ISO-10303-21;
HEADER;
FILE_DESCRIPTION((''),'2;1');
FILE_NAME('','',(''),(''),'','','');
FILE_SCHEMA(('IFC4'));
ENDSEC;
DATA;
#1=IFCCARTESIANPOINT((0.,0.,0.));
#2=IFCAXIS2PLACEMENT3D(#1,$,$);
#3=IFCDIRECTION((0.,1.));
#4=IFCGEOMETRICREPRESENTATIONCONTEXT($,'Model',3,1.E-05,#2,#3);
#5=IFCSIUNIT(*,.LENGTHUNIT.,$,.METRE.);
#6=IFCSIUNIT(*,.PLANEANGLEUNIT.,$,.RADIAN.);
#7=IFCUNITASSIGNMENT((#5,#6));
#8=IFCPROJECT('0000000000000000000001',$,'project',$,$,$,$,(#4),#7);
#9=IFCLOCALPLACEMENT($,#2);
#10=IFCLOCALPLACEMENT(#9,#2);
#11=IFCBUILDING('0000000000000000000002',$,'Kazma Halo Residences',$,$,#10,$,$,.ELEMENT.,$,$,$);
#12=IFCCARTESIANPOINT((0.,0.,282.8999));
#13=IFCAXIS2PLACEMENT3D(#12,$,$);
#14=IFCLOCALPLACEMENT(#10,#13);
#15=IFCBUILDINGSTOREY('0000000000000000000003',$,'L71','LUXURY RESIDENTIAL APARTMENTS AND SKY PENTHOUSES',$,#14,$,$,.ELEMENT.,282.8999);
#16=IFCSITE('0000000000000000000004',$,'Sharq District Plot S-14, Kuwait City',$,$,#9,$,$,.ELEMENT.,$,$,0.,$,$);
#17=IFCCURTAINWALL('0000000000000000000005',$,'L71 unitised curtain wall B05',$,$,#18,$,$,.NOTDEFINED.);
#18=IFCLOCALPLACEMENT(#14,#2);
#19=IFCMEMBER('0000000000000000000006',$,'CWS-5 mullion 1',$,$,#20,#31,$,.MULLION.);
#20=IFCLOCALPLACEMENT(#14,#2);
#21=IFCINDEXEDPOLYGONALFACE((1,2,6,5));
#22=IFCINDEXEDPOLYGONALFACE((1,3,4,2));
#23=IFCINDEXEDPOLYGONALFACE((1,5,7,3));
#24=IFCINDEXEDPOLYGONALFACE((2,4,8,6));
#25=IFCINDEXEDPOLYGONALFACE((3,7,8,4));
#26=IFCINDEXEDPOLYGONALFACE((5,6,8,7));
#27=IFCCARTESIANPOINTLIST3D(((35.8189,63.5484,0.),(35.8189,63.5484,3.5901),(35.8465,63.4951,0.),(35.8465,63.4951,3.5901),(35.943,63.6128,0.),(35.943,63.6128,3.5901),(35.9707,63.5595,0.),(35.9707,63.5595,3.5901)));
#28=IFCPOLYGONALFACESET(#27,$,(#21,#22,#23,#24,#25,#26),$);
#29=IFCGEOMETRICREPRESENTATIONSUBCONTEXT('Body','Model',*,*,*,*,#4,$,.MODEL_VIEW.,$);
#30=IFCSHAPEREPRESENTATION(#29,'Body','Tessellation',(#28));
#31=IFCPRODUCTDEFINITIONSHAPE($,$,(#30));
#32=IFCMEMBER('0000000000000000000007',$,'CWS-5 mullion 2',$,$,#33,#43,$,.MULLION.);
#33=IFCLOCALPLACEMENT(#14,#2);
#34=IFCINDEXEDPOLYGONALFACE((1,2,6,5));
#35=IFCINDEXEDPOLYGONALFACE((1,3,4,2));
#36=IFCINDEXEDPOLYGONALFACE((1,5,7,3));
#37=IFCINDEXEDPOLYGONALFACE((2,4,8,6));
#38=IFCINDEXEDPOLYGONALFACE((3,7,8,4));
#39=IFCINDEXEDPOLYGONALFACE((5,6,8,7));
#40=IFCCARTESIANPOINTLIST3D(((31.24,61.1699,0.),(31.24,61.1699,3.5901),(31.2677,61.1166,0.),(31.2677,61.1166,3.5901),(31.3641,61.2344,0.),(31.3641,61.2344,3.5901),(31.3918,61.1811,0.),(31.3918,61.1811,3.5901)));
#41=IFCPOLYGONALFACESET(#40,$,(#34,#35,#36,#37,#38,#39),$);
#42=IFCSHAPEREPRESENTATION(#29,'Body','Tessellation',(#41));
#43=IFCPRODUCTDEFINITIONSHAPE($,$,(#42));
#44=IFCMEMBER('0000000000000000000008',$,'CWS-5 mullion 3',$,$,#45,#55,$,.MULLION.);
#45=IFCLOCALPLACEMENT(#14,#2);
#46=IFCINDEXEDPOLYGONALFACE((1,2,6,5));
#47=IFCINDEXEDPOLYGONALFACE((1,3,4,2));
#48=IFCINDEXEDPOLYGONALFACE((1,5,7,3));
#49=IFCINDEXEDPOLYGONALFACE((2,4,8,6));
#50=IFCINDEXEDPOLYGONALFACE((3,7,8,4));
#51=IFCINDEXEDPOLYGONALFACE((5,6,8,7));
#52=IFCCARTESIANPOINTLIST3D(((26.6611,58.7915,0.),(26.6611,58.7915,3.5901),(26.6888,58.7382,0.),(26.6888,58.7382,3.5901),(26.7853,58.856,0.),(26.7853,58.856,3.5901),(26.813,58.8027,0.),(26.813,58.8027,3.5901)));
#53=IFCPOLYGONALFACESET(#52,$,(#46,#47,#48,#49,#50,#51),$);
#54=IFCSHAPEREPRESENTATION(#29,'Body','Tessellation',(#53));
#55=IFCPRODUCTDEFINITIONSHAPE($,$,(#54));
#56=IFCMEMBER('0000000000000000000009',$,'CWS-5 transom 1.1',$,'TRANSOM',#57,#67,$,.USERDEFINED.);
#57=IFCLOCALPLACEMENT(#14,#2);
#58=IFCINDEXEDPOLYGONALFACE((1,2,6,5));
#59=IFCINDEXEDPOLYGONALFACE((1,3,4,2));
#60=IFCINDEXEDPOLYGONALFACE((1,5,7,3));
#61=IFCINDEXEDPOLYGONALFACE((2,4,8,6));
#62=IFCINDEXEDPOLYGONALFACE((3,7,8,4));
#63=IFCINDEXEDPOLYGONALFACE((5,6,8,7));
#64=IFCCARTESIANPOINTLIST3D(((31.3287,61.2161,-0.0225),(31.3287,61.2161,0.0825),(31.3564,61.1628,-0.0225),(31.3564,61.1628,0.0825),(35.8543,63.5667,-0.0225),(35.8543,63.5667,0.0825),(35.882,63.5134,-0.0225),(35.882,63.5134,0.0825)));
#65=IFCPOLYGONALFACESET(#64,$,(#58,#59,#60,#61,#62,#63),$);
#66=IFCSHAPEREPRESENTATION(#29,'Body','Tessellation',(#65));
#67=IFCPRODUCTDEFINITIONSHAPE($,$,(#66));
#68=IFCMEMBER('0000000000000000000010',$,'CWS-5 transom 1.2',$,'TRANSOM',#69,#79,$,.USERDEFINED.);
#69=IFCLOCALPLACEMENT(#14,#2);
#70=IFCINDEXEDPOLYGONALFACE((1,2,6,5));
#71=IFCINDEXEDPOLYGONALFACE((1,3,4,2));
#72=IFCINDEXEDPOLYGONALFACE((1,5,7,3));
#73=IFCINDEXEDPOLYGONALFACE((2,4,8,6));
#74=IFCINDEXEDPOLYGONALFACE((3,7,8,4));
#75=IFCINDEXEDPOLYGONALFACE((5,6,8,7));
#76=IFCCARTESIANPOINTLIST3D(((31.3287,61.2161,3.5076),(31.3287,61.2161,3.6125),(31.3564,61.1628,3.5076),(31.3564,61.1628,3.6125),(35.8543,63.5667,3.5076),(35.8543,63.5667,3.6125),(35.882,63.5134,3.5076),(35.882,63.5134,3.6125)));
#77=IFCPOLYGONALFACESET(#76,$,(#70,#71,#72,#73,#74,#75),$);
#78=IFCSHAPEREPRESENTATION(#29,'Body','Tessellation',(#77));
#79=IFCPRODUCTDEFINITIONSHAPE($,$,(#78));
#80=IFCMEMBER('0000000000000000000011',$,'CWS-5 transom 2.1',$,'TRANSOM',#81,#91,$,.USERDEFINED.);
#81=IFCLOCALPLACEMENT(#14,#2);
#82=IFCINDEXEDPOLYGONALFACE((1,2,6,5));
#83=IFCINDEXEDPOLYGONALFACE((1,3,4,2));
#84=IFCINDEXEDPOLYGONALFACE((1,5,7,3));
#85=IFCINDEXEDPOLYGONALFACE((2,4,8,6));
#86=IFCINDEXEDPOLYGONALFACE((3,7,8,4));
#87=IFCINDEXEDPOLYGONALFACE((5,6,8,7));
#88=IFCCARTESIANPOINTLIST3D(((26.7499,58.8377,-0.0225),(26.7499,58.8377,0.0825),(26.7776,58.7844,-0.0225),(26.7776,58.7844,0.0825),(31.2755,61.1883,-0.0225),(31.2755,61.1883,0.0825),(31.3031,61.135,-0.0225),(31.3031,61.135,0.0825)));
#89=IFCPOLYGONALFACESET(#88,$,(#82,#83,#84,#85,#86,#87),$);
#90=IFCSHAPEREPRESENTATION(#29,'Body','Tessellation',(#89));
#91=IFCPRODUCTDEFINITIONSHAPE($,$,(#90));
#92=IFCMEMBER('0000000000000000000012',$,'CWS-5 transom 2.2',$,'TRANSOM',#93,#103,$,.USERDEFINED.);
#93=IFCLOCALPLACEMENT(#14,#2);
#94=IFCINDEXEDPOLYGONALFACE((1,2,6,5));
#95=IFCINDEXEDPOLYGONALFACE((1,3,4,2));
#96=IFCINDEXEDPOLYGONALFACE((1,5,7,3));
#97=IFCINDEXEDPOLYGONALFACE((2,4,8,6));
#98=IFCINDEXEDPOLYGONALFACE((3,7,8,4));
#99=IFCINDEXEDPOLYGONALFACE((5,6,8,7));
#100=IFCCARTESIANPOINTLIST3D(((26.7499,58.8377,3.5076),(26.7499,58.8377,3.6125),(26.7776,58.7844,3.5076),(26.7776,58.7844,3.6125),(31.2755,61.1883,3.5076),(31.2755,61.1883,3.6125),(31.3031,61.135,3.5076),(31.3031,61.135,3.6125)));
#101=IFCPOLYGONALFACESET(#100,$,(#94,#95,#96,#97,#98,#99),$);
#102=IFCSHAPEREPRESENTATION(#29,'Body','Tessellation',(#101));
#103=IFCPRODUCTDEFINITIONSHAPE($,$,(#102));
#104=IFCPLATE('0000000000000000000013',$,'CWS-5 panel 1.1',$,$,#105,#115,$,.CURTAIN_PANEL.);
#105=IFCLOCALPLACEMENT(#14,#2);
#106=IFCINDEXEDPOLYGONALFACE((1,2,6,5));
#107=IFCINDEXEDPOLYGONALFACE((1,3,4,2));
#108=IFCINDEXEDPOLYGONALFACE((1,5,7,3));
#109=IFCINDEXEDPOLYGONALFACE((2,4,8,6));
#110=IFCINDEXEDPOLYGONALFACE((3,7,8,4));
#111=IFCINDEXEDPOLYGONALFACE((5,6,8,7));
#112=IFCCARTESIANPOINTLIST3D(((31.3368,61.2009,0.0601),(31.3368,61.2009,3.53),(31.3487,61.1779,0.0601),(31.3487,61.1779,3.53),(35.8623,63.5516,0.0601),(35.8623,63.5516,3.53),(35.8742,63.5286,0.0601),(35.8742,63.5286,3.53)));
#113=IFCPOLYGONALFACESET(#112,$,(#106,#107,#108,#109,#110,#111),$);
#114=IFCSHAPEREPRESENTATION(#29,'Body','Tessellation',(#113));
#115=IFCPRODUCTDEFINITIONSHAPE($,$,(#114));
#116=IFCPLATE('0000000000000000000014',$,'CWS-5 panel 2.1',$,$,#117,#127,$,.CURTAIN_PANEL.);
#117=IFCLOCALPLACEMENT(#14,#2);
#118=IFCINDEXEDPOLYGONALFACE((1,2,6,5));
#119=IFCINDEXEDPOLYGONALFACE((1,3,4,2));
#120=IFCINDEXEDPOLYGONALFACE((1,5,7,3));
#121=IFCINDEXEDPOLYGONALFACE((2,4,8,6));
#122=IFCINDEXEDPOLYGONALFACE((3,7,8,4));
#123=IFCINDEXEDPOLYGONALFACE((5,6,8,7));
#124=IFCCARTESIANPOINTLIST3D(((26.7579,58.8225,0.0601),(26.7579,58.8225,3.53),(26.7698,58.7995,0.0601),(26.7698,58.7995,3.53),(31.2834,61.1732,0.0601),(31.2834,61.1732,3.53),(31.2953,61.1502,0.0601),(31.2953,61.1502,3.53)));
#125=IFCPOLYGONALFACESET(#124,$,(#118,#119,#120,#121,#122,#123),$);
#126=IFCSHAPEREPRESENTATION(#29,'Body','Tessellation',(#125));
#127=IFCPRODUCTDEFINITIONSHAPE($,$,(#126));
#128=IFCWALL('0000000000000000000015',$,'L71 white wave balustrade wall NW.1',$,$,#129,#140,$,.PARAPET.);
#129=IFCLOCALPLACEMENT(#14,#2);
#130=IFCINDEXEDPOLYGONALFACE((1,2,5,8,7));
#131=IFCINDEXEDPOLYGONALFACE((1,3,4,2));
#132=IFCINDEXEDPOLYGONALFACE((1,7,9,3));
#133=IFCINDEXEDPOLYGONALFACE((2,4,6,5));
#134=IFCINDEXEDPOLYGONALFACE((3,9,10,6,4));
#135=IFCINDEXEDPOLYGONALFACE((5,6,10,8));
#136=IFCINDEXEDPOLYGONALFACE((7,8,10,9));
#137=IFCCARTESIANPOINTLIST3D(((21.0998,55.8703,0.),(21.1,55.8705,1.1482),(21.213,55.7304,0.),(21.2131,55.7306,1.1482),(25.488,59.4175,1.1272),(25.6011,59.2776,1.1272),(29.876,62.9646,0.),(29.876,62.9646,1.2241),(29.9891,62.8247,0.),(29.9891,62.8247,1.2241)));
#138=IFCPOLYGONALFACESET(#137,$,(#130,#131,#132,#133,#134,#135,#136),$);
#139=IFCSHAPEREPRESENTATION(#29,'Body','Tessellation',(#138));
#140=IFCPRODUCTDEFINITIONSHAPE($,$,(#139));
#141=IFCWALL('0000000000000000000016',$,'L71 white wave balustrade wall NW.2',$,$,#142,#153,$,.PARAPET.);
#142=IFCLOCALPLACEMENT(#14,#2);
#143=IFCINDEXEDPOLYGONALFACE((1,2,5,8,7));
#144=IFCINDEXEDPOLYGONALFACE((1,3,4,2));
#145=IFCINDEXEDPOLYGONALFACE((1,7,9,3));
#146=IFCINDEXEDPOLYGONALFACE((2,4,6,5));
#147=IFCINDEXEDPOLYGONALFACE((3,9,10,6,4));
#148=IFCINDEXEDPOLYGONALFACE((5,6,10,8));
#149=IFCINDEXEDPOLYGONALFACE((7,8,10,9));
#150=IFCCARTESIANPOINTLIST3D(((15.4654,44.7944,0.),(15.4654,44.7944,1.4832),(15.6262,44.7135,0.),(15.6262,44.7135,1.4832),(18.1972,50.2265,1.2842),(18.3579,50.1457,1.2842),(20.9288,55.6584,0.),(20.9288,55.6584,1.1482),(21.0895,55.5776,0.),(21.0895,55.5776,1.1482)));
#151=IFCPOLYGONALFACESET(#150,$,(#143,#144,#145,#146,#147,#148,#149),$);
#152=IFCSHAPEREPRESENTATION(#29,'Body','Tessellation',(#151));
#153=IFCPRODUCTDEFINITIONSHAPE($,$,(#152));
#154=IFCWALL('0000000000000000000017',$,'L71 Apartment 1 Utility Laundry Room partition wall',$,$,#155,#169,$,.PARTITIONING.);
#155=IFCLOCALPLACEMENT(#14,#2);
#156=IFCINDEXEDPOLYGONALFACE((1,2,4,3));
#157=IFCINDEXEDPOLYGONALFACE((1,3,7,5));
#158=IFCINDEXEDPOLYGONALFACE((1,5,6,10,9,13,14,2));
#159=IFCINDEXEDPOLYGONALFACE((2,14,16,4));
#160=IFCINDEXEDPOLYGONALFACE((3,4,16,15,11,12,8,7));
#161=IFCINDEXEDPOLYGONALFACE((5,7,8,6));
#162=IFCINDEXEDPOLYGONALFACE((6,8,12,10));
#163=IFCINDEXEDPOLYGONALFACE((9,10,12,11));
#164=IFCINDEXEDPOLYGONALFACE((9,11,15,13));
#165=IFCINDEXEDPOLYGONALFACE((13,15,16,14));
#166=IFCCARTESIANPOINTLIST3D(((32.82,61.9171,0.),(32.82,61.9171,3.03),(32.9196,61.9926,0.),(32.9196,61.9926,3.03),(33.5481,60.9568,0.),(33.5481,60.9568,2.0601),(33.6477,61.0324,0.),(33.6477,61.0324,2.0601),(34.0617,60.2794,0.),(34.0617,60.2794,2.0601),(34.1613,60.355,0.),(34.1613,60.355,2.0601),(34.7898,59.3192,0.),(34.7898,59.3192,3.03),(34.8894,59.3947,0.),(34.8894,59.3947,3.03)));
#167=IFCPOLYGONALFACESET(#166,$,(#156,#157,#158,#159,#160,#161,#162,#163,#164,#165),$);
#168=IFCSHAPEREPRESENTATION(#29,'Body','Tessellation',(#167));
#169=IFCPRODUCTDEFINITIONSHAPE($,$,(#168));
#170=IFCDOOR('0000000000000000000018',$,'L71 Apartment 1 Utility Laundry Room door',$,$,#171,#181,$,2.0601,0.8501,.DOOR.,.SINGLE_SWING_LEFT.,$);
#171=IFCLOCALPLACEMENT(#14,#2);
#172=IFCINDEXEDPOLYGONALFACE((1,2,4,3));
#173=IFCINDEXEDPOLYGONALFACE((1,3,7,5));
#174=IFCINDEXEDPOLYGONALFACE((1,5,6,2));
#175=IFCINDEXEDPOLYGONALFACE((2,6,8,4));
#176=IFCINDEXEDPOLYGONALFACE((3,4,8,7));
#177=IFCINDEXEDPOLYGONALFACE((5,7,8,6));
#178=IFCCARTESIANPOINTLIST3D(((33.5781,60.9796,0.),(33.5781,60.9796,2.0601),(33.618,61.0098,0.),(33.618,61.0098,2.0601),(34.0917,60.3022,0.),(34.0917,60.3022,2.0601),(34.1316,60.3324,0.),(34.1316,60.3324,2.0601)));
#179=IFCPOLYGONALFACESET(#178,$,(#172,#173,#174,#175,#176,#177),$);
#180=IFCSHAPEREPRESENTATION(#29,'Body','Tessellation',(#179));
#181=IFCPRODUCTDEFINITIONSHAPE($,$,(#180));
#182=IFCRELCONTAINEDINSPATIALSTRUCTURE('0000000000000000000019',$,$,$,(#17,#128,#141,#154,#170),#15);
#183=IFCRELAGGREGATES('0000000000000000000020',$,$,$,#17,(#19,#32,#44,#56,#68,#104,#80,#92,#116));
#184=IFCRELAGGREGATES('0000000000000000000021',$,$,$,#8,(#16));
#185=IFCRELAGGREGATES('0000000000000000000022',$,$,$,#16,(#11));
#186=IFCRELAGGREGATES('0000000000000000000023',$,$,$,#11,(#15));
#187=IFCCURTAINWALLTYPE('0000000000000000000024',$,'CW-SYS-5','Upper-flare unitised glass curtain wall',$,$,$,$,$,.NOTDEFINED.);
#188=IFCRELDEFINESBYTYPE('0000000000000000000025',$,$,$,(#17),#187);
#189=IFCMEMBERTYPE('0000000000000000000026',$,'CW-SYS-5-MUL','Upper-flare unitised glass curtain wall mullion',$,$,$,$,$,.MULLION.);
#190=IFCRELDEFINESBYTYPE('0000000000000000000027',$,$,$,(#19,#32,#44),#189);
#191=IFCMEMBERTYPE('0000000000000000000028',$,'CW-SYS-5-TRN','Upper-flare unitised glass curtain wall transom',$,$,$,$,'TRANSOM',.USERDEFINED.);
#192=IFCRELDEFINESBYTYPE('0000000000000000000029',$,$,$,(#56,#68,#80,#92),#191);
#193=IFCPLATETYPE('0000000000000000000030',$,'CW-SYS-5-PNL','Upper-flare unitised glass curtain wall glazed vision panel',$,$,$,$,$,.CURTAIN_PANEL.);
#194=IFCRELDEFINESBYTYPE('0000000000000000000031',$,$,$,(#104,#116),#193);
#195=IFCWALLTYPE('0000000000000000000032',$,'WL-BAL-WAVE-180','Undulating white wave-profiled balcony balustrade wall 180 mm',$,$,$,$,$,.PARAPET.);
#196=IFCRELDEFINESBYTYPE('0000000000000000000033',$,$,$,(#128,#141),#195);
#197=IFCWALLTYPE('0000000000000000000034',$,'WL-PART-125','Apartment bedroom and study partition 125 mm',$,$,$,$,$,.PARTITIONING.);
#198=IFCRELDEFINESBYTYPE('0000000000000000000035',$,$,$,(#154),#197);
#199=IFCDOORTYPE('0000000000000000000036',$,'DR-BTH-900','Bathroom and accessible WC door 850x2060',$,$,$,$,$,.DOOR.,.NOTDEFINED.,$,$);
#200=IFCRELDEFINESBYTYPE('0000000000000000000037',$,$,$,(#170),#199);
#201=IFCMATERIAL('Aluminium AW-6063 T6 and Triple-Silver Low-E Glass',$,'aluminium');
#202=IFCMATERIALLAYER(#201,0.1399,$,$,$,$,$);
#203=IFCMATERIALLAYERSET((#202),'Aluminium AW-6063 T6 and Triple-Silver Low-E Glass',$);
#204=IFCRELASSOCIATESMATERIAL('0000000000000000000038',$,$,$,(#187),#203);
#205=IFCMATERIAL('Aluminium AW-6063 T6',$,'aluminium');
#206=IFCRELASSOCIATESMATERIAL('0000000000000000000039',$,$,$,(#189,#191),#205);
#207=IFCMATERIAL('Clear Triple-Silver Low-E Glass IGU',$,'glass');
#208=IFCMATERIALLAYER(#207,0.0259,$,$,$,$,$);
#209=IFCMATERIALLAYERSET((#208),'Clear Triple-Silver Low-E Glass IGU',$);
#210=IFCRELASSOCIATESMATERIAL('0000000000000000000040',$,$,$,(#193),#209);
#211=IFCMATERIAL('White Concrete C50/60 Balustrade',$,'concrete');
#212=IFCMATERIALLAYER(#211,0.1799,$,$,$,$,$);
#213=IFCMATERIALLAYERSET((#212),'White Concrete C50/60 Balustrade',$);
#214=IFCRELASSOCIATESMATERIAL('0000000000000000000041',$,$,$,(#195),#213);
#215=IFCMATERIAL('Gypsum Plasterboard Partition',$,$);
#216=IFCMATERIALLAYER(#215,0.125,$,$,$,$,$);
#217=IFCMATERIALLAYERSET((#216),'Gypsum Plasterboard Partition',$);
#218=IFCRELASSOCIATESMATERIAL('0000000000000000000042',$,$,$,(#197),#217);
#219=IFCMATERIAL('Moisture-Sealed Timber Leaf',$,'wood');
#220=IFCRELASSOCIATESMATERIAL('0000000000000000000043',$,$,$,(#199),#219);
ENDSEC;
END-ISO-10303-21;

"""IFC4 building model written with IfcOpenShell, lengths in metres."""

from ifc_helpers import new_model, si_unit, direction, frame, frame_2d, origin, origin_2d, place, context, subcontext, project, spatial, polyline, rectangle, outline, extrude, material, layer, layer_set, material_profile, profile_set, type_object, element, fill, aggregate, save


model = new_model("IFC4")

# Units and contexts
model_context = context("Model", 3, precision=1e-05, world=origin(), true_north=direction((0.0, 1.0)))
body_context = subcontext(model_context, "Body", "Model", "MODEL_VIEW")
ifc_project = project(units=[si_unit("LENGTHUNIT", "METRE"), si_unit("PLANEANGLEUNIT", "RADIAN")], contexts=[model_context])

# Site, building, storey
site_placement = place(None, origin())
site = spatial("IfcSite", under=ifc_project, at=site_placement, Name="Sharq District Plot S-14, Kuwait City", CompositionType="ELEMENT", RefElevation=0.0)
building_placement = place(site_placement, origin())
building = spatial("IfcBuilding", under=site, at=building_placement, Name="Kazma Halo Residences", CompositionType="ELEMENT")
storey_placement = place(building_placement, frame((0.0, 0.0, 282.8999)))
storey = spatial("IfcBuildingStorey", under=building, at=storey_placement, Name="L71", Description="LUXURY RESIDENTIAL APARTMENTS AND SKY PENTHOUSES", CompositionType="ELEMENT", Elevation=282.8999)

# Curtain wall, members, plates
ifc_material_1 = material(Name="Aluminium AW-6063 T6 and Triple-Silver Low-E Glass", Category="aluminium")
ifc_layer_1 = layer(ifc_material_1, 0.1399)
ifc_layer_set_1 = layer_set([ifc_layer_1], Name="Aluminium AW-6063 T6 and Triple-Silver Low-E Glass")
curtain_wall_type = type_object("IfcCurtainWallType", Name="CW-SYS-5", Description="Upper-flare unitised glass curtain wall", PredefinedType="NOTDEFINED", material=ifc_layer_set_1)
curtain_wall_placement = place(storey_placement, origin())
curtain_wall = element("IfcCurtainWall", 1, at=curtain_wall_placement, inside=storey, type_object=curtain_wall_type, Name="L71 unitised curtain wall B05", PredefinedType="NOTDEFINED")
ifc_material_2 = material(Name="Aluminium AW-6063 T6", Category="aluminium")
ifc_material_profile_1 = material_profile(ifc_material_2, rectangle(XDim=0.0601, YDim=0.1399, at=origin_2d()), Name="CWM-60x140")
ifc_profile_set_1 = profile_set([ifc_material_profile_1], Name="Aluminium AW-6063 T6")
member_type_1 = type_object("IfcMemberType", Name="CW-SYS-5-MUL", Description="Upper-flare unitised glass curtain wall mullion", PredefinedType="MULLION", material=ifc_profile_set_1)
member_1_placement = place(storey_placement, frame((35.8948, 63.554, 0.0), z_axis=(0.0, 0.0, 1.0), x_axis=(0.460961, -0.887421, 0.0)))
member_1 = element("IfcMember", 2, at=member_1_placement, type_object=member_type_1, Name="CWS-5 mullion 1", PredefinedType="MULLION", context=body_context, shape_type="SweptSolid", body=[
    extrude(rectangle(XDim=0.0601, YDim=0.1399, at=origin_2d()), origin(), (0.0, 0.0, 1.0), 3.5901),
])
member_2_placement = place(storey_placement, frame((31.3159, 61.1755, 0.0), z_axis=(0.0, 0.0, 1.0), x_axis=(0.460961, -0.887421, 0.0)))
member_2 = element("IfcMember", 3, at=member_2_placement, type_object=member_type_1, Name="CWS-5 mullion 2", PredefinedType="MULLION", context=body_context, shape_type="SweptSolid", body=[
    extrude(rectangle(XDim=0.0601, YDim=0.1399, at=origin_2d()), origin(), (0.0, 0.0, 1.0), 3.5901),
])
member_3_placement = place(storey_placement, frame((26.7371, 58.7971, 0.0), z_axis=(0.0, 0.0, 1.0), x_axis=(0.460961, -0.887421, 0.0)))
member_3 = element("IfcMember", 4, at=member_3_placement, type_object=member_type_1, Name="CWS-5 mullion 3", PredefinedType="MULLION", context=body_context, shape_type="SweptSolid", body=[
    extrude(rectangle(XDim=0.0601, YDim=0.1399, at=origin_2d()), origin(), (0.0, 0.0, 1.0), 3.5901),
])
ifc_material_profile_2 = material_profile(ifc_material_2, rectangle(XDim=0.0601, YDim=0.105, at=origin_2d()), Name="CWT-60x105")
ifc_profile_set_2 = profile_set([ifc_material_profile_2], Name="Aluminium AW-6063 T6")
member_type_2 = type_object("IfcMemberType", Name="CW-SYS-5-TRN", Description="Upper-flare unitised glass curtain wall transom", ElementType="TRANSOM", PredefinedType="USERDEFINED", material=ifc_profile_set_2)
member_4_placement = place(storey_placement, frame((35.8682, 63.54, 0.03), z_axis=(-0.887437, -0.460929, 0.0), x_axis=(0.460929, -0.887437, 0.0)))
member_4 = element("IfcMember", 5, at=member_4_placement, type_object=member_type_2, Name="CWS-5 transom 1.1", ObjectType="TRANSOM", PredefinedType="USERDEFINED", context=body_context, shape_type="SweptSolid", body=[
    extrude(rectangle(XDim=0.0601, YDim=0.105, at=origin_2d()), origin(), (0.0, 0.0, 1.0), 5.0996),
])
member_5_placement = place(storey_placement, frame((35.8682, 63.54, 3.5601), z_axis=(-0.887437, -0.460929, 0.0), x_axis=(0.460929, -0.887437, 0.0)))
member_5 = element("IfcMember", 6, at=member_5_placement, type_object=member_type_2, Name="CWS-5 transom 1.2", ObjectType="TRANSOM", PredefinedType="USERDEFINED", context=body_context, shape_type="SweptSolid", body=[
    extrude(rectangle(XDim=0.0601, YDim=0.105, at=origin_2d()), origin(), (0.0, 0.0, 1.0), 5.0996),
])
member_6_placement = place(storey_placement, frame((31.2893, 61.1616, 0.03), z_axis=(-0.887437, -0.460929, 0.0), x_axis=(0.460929, -0.887437, 0.0)))
member_6 = element("IfcMember", 7, at=member_6_placement, type_object=member_type_2, Name="CWS-5 transom 2.1", ObjectType="TRANSOM", PredefinedType="USERDEFINED", context=body_context, shape_type="SweptSolid", body=[
    extrude(rectangle(XDim=0.0601, YDim=0.105, at=origin_2d()), origin(), (0.0, 0.0, 1.0), 5.0996),
])
member_7_placement = place(storey_placement, frame((31.2893, 61.1616, 3.5601), z_axis=(-0.887437, -0.460929, 0.0), x_axis=(0.460929, -0.887437, 0.0)))
member_7 = element("IfcMember", 8, at=member_7_placement, type_object=member_type_2, Name="CWS-5 transom 2.2", ObjectType="TRANSOM", PredefinedType="USERDEFINED", context=body_context, shape_type="SweptSolid", body=[
    extrude(rectangle(XDim=0.0601, YDim=0.105, at=origin_2d()), origin(), (0.0, 0.0, 1.0), 5.0996),
])
ifc_material_3 = material(Name="Clear Triple-Silver Low-E Glass IGU", Category="glass")
ifc_layer_2 = layer(ifc_material_3, 0.0259)
ifc_layer_set_2 = layer_set([ifc_layer_2], Name="Clear Triple-Silver Low-E Glass IGU")
plate_type = type_object("IfcPlateType", Name="CW-SYS-5-PNL", Description="Upper-flare unitised glass curtain wall glazed vision panel", PredefinedType="CURTAIN_PANEL", material=ifc_layer_set_2)
plate_1_placement = place(storey_placement, frame((33.6055, 62.3647, 0.0601), z_axis=(0.0, 0.0, 1.0), x_axis=(-0.887421, -0.460961, 0.0)))
plate_1 = element("IfcPlate", 9, at=plate_1_placement, type_object=plate_type, Name="CWS-5 panel 1.1", PredefinedType="CURTAIN_PANEL", context=body_context, shape_type="SweptSolid", body=[
    extrude(rectangle(XDim=5.0996, YDim=0.0259, at=origin_2d()), origin(), (0.0, 0.0, 1.0), 3.47),
])
plate_2_placement = place(storey_placement, frame((29.0266, 59.9863, 0.0601), z_axis=(0.0, 0.0, 1.0), x_axis=(-0.887421, -0.460961, 0.0)))
plate_2 = element("IfcPlate", 10, at=plate_2_placement, type_object=plate_type, Name="CWS-5 panel 2.1", PredefinedType="CURTAIN_PANEL", context=body_context, shape_type="SweptSolid", body=[
    extrude(rectangle(XDim=5.0996, YDim=0.0259, at=origin_2d()), origin(), (0.0, 0.0, 1.0), 3.47),
])
aggregate(curtain_wall, [member_1, member_2, member_3, member_4, member_5, plate_1, member_6, member_7, plate_2])

# Walls
ifc_material_4 = material(Name="White Concrete C50/60 Balustrade", Category="concrete")
ifc_layer_3 = layer(ifc_material_4, 0.1799)
ifc_layer_set_3 = layer_set([ifc_layer_3], Name="White Concrete C50/60 Balustrade")
wall_type_1 = type_object("IfcWallType", Name="WL-BAL-WAVE-180", Description="Undulating white wave-profiled balcony balustrade wall 180 mm", PredefinedType="PARAPET", material=ifc_layer_set_3)
wall_1_placement = place(storey_placement, frame((29.9326, 62.8945, 0.0), z_axis=(0.0, 0.0, 1.0), x_axis=(-0.777689, -0.62865, 0.0)))
element("IfcWall", 11, at=wall_1_placement, inside=storey, type_object=wall_type_1, Name="L71 white wave balustrade wall NW.1", PredefinedType="PARAPET", context=body_context, shape_type="SweptSolid", body=[
    extrude(outline(polyline([(0.0, 0.0), (11.2849, 0.0), (11.2847, 1.1482), (5.6423, 1.1272), (0.0, 1.2241), (0.0, 0.0)])), frame((0.0, 0.0898, 0.0), z_axis=(0.0, -1.0, 0.0), x_axis=(1.0, 0.0, 0.0)), (0.0, 0.0, 1.0), 0.1799),
])
wall_2_placement = place(storey_placement, frame((21.0093, 55.6179, 0.0), z_axis=(0.0, 0.0, 1.0), x_axis=(-0.449276, -0.893393, 0.0)))
element("IfcWall", 12, at=wall_2_placement, inside=storey, type_object=wall_type_1, Name="L71 white wave balustrade wall NW.2", PredefinedType="PARAPET", context=body_context, shape_type="SweptSolid", body=[
    extrude(outline(polyline([(0.0, 0.0), (12.1604, 0.0), (12.1604, 1.4832), (6.0801, 1.2842), (0.0, 1.1482), (0.0, 0.0)])), frame((0.0, 0.0898, 0.0), z_axis=(0.0, -1.0, 0.0), x_axis=(1.0, 0.0, 0.0)), (0.0, 0.0, 1.0), 0.1799),
])

# Wall, opening, door
ifc_material_5 = material(Name="Gypsum Plasterboard Partition")
ifc_layer_4 = layer(ifc_material_5, 0.125)
ifc_layer_set_4 = layer_set([ifc_layer_4], Name="Gypsum Plasterboard Partition")
wall_type_2 = type_object("IfcWallType", Name="WL-PART-125", Description="Apartment bedroom and study partition 125 mm", PredefinedType="PARTITIONING", material=ifc_layer_set_4)
wall_3_placement = place(storey_placement, frame((34.8396, 59.3569, 0.0), z_axis=(0.0, 0.0, 1.0), x_axis=(-0.604173, 0.796853, 0.0)))
wall_3 = element("IfcWall", 13, at=wall_3_placement, inside=storey, type_object=wall_type_2, Name="L71 Apartment 1 Utility Laundry Room partition wall", PredefinedType="PARTITIONING", context=body_context, shape_type="SweptSolid", body=[
    extrude(rectangle(XDim=3.2603, YDim=0.125, at=frame_2d((1.6301, 0.0))), origin(), (0.0, 0.0, 1.0), 3.03),
])
opening_1_placement = place(wall_3_placement, frame((1.2051, 0.0, 0.0)))
opening_1 = element("IfcOpeningElement", 14, at=opening_1_placement, cuts=wall_3, PredefinedType="OPENING", context=body_context, shape_type="SweptSolid", body=[
    extrude(rectangle(XDim=0.8501, YDim=2.0601, at=frame_2d((0.425, 1.03))), frame((0.0, 0.0725, 0.0), z_axis=(0.0, -1.0, 0.0), x_axis=(1.0, 0.0, 0.0)), (0.0, 0.0, 1.0), 0.145),
])
ifc_material_6 = material(Name="Moisture-Sealed Timber Leaf", Category="wood")
door_type_1 = type_object("IfcDoorType", Name="DR-BTH-900", Description="Bathroom and accessible WC door 850x2060", OperationType="NOTDEFINED", PredefinedType="DOOR", material=ifc_material_6)
door_1_placement = place(opening_1_placement, origin())
door_1 = element("IfcDoor", 15, at=door_1_placement, inside=storey, type_object=door_type_1, Name="L71 Apartment 1 Utility Laundry Room door", OperationType="SINGLE_SWING_LEFT", OverallHeight=2.0601, OverallWidth=0.8501, PredefinedType="DOOR", context=body_context, shape_type="SweptSolid", body=[
    extrude(rectangle(XDim=0.8501, YDim=2.0601, at=frame_2d((0.425, 1.03))), frame((0.0, 0.0249, 0.0), z_axis=(0.0, -1.0, 0.0), x_axis=(1.0, 0.0, 0.0)), (0.0, 0.0, 1.0), 0.05),
])
fill(opening_1, door_1)

save(model, "model.ifc")
